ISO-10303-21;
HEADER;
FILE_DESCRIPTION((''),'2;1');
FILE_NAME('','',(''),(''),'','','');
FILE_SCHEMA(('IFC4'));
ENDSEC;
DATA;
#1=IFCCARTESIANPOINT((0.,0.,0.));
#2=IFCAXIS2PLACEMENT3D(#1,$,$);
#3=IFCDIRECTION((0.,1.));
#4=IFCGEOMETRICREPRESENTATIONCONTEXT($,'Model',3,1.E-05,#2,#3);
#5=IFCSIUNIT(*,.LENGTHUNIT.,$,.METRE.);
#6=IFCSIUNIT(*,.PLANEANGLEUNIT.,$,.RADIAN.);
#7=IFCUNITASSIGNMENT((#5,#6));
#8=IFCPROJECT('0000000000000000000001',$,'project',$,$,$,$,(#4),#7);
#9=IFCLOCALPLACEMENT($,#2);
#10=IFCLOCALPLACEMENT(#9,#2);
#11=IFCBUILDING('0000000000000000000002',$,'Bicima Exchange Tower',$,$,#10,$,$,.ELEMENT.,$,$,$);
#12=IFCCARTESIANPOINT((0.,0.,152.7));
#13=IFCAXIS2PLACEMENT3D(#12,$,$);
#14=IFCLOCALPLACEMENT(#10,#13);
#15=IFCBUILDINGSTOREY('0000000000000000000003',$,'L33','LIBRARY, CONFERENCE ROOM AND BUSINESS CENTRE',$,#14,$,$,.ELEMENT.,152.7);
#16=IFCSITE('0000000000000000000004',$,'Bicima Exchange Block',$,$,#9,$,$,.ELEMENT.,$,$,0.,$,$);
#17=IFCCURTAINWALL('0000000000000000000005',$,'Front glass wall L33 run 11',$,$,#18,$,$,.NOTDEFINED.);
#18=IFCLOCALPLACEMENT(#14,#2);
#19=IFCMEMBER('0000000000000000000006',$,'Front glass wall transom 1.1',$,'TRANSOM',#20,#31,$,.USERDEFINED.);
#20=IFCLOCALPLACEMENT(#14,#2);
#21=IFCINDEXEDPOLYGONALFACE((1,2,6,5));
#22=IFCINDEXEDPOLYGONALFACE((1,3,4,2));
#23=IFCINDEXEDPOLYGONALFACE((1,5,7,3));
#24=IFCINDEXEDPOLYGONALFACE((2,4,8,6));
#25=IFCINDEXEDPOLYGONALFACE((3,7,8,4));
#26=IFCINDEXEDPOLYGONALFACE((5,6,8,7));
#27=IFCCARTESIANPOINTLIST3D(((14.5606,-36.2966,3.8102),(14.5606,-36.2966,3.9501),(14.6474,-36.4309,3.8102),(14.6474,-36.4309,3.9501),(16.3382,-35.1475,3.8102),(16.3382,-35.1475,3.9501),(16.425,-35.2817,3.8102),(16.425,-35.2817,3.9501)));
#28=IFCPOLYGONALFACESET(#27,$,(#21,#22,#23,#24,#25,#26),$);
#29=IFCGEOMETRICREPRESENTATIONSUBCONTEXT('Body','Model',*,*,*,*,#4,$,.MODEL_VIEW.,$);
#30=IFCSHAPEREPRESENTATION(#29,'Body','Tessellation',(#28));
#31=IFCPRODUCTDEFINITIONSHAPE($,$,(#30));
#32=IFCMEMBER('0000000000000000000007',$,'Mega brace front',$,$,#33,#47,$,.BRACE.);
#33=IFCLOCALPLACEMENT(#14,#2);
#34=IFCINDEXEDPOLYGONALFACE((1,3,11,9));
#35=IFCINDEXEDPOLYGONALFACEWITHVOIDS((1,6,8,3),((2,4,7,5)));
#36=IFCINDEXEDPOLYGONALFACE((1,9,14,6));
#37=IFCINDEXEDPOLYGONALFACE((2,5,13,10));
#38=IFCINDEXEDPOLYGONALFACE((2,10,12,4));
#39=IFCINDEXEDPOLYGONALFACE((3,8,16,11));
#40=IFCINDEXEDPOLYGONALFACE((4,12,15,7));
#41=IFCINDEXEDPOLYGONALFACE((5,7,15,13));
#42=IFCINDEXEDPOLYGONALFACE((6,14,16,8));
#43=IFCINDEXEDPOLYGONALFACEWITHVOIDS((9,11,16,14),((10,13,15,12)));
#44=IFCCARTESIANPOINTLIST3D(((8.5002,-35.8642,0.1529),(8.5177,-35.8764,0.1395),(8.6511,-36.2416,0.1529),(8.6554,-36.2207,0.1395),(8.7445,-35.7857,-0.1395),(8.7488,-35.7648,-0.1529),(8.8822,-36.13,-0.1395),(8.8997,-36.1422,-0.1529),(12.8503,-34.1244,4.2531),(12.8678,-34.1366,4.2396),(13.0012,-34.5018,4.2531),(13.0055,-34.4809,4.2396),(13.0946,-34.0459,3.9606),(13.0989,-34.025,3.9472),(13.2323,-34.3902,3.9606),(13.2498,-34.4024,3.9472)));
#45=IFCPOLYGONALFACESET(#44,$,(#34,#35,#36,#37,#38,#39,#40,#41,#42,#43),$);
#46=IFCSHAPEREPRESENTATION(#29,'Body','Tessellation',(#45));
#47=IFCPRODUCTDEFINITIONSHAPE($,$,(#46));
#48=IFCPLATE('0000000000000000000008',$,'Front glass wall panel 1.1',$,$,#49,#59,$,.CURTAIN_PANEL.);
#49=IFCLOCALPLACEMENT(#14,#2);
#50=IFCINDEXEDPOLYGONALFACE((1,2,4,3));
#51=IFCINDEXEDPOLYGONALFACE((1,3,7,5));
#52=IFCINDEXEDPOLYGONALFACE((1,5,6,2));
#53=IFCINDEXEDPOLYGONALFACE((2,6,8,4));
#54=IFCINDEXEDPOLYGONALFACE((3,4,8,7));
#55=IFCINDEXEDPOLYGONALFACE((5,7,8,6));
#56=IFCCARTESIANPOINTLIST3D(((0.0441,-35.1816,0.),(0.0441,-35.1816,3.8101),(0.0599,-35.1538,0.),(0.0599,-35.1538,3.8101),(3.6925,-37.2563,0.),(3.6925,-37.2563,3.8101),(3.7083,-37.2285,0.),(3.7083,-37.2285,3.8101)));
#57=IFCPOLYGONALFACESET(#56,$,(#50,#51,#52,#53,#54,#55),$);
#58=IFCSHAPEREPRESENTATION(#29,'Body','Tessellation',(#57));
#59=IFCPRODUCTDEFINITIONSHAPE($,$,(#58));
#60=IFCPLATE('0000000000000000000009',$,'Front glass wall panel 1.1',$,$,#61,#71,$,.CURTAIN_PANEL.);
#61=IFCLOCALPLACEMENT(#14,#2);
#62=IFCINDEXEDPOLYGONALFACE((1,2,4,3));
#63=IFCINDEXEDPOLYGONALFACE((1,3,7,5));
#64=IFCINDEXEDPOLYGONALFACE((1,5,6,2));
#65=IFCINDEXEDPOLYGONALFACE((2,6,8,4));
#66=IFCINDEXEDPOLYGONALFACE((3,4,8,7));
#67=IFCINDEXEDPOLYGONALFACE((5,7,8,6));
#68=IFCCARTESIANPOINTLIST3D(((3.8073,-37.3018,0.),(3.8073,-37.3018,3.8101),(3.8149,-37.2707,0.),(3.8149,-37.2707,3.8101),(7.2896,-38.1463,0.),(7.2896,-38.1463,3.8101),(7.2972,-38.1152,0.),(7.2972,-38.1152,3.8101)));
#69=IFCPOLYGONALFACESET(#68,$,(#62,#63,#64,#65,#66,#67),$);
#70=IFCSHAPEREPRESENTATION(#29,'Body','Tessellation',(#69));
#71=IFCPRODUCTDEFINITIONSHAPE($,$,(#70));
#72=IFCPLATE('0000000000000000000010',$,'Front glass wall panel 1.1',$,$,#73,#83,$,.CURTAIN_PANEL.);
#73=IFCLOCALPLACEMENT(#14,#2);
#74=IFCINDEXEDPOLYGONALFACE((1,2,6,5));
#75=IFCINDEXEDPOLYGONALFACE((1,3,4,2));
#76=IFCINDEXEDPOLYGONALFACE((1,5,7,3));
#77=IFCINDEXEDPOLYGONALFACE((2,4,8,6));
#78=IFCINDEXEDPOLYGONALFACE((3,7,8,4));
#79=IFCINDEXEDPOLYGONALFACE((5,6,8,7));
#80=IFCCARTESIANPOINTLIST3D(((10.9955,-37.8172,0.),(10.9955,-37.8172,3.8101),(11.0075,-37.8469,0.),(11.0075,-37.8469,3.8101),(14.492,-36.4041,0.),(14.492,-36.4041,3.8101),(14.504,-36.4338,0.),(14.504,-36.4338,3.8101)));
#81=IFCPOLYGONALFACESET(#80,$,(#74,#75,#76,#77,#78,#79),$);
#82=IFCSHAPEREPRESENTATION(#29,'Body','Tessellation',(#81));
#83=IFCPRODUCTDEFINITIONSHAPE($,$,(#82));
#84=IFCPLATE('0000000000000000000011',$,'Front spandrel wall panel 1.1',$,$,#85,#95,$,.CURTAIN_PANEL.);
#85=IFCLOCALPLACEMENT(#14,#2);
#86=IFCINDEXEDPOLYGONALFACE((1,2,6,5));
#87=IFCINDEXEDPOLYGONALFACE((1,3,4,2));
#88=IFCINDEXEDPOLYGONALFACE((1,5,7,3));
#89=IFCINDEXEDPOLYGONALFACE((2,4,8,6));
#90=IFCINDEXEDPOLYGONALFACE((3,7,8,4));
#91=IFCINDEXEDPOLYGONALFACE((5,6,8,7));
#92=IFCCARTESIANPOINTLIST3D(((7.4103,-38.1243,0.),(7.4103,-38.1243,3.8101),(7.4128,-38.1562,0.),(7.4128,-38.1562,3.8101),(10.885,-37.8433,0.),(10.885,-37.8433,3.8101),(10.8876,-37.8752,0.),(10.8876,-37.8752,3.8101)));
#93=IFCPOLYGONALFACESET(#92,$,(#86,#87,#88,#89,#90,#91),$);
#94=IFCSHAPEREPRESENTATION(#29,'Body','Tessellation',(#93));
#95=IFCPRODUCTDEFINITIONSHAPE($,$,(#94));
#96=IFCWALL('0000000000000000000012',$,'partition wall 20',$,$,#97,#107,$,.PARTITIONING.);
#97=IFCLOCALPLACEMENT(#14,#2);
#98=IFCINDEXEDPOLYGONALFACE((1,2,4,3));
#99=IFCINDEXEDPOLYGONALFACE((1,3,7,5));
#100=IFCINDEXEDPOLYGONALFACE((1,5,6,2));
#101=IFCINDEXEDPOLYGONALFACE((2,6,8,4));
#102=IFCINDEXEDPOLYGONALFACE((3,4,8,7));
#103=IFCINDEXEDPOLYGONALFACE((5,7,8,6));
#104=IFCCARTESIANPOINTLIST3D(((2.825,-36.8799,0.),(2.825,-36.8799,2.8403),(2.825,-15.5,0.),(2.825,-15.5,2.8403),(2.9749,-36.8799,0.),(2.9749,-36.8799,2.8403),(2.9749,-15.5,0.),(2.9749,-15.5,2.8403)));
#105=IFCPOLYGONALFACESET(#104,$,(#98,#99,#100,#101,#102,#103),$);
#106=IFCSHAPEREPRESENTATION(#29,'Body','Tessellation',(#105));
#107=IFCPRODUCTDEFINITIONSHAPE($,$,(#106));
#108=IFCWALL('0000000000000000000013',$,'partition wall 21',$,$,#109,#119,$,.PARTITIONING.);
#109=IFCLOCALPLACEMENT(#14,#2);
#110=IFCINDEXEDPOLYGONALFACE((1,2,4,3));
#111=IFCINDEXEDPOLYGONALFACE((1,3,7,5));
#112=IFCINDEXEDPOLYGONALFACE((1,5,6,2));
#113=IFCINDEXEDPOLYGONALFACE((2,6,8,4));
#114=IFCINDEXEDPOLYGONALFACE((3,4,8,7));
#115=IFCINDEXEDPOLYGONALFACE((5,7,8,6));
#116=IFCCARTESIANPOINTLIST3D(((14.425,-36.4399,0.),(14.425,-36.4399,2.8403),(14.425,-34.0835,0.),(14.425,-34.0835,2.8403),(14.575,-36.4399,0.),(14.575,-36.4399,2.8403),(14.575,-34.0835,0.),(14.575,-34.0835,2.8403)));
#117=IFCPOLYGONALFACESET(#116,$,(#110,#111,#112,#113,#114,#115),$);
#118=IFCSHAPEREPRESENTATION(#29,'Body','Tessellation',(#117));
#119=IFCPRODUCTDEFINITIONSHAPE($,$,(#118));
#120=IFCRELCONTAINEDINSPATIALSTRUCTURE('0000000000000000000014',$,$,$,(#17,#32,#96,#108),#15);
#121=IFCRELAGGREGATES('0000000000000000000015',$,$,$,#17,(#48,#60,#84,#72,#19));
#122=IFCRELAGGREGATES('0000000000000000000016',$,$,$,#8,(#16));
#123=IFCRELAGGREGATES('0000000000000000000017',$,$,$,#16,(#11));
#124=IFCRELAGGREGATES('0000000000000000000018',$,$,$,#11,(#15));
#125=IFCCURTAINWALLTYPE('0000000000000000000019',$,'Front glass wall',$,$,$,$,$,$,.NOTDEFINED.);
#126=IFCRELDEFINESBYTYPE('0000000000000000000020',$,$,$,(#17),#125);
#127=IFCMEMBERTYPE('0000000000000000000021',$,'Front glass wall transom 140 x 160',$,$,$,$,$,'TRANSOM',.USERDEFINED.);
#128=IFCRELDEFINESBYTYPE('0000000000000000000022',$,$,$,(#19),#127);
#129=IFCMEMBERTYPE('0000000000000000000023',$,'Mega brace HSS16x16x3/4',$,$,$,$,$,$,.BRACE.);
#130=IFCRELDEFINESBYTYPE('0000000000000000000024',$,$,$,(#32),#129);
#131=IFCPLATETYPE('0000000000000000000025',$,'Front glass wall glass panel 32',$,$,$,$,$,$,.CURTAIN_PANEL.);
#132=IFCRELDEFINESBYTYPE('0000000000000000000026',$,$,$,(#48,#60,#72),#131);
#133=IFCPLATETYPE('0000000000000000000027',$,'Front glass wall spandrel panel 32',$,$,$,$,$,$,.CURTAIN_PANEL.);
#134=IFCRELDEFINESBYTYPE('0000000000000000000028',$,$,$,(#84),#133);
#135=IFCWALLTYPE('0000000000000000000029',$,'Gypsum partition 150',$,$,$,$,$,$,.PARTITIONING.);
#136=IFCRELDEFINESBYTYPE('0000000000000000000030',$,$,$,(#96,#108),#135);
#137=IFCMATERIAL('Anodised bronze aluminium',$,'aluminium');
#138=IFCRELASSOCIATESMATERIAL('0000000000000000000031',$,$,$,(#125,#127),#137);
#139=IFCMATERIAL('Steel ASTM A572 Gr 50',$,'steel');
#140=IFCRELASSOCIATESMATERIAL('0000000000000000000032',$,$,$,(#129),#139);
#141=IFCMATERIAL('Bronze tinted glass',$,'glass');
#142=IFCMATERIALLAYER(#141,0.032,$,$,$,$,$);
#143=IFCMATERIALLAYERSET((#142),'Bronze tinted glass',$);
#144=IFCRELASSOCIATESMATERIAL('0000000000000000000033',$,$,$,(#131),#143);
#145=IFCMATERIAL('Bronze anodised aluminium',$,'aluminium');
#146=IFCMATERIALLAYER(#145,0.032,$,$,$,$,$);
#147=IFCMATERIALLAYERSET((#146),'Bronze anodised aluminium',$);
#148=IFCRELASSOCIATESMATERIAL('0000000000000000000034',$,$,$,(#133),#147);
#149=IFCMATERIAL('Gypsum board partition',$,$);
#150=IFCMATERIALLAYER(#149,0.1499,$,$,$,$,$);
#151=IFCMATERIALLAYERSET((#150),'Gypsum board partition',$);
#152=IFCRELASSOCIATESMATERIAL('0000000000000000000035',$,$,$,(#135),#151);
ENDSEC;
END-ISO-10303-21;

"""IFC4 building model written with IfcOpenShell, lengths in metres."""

from ifc_helpers import new_model, si_unit, direction, frame, frame_2d, origin, origin_2d, place, context, subcontext, project, spatial, rectangle, hollow_rectangle, extrude, material, layer, layer_set, material_profile, profile_set, type_object, element, aggregate, save


model = new_model("IFC4")

# Units and contexts
model_context = context("Model", 3, precision=1e-05, world=origin(), true_north=direction((0.0, 1.0)))
body_context = subcontext(model_context, "Body", "Model", "MODEL_VIEW")
ifc_project = project(units=[si_unit("LENGTHUNIT", "METRE"), si_unit("PLANEANGLEUNIT", "RADIAN")], contexts=[model_context])

# Site, building, storey
site_placement = place(None, origin())
site = spatial("IfcSite", under=ifc_project, at=site_placement, Name="Bicima Exchange Block", CompositionType="ELEMENT", RefElevation=0.0)
building_placement = place(site_placement, origin())
building = spatial("IfcBuilding", under=site, at=building_placement, Name="Bicima Exchange Tower", CompositionType="ELEMENT")
storey_placement = place(building_placement, frame((0.0, 0.0, 152.7)))
storey = spatial("IfcBuildingStorey", under=building, at=storey_placement, Name="L33", Description="LIBRARY, CONFERENCE ROOM AND BUSINESS CENTRE", CompositionType="ELEMENT", Elevation=152.7)

# Shared definitions
ifc_material_1 = material(Name="Steel ASTM A572 Gr 50", Category="steel")

# Curtain wall, member
ifc_material_2 = material(Name="Anodised bronze aluminium", Category="aluminium")
curtain_wall_type = type_object("IfcCurtainWallType", Name="Front glass wall", PredefinedType="NOTDEFINED", material=ifc_material_2)
curtain_wall_placement = place(storey_placement, origin())
curtain_wall = element("IfcCurtainWall", 1, at=curtain_wall_placement, inside=storey, type_object=curtain_wall_type, Name="Front glass wall L33 run 11", PredefinedType="NOTDEFINED")
ifc_material_profile_1 = material_profile(ifc_material_2, rectangle(XDim=0.1599, YDim=0.1399, at=origin_2d()))
ifc_profile_set_1 = profile_set([ifc_material_profile_1], Name="Anodised bronze aluminium")
member_type_1 = type_object("IfcMemberType", Name="Front glass wall transom 140 x 160", ElementType="TRANSOM", PredefinedType="USERDEFINED", material=ifc_profile_set_1)
member_1_placement = place(storey_placement, frame((14.604, -36.3638, 3.8801), z_axis=(0.839793, 0.542907, 0.0), x_axis=(-0.542907, 0.839793, 0.0)))
member_1 = element("IfcMember", 2, at=member_1_placement, type_object=member_type_1, Name="Front glass wall transom 1.1", ObjectType="TRANSOM", PredefinedType="USERDEFINED", context=body_context, shape_type="SweptSolid", body=[
    extrude(rectangle(XDim=0.1599, YDim=0.1399, at=origin_2d()), origin(), (0.0, 0.0, 1.0), 2.1167),
])

# Member
ifc_material_profile_2 = material_profile(ifc_material_1, hollow_rectangle(XDim=0.4065, YDim=0.4065, WallThickness=0.0178, at=origin_2d()))
ifc_profile_set_2 = profile_set([ifc_material_profile_2], Name="Steel ASTM A572 Gr 50")
member_type_2 = type_object("IfcMemberType", Name="Mega brace HSS16x16x3/4", PredefinedType="BRACE", material=ifc_profile_set_2)
member_2_placement = place(storey_placement, frame((8.7, -36.0032, 0.0), z_axis=(0.698719, 0.27944, 0.658563), x_axis=(-0.371337, 0.928498, 0.0)))
element("IfcMember", 3, at=member_2_placement, inside=storey, type_object=member_type_2, Name="Mega brace front", PredefinedType="BRACE", context=body_context, shape_type="SweptSolid", body=[
    extrude(hollow_rectangle(XDim=0.4065, YDim=0.4065, WallThickness=0.0178, at=origin_2d()), origin(), (0.0, 0.0, 1.0), 6.2258),
])

# Plates
ifc_material_3 = material(Name="Bronze tinted glass", Category="glass")
ifc_layer_1 = layer(ifc_material_3, 0.032)
ifc_layer_set_1 = layer_set([ifc_layer_1], Name="Bronze tinted glass")
plate_type_1 = type_object("IfcPlateType", Name="Front glass wall glass panel 32", PredefinedType="CURTAIN_PANEL", material=ifc_layer_set_1)
plate_1_placement = place(storey_placement, frame((1.8762, -36.2051, 0.0), z_axis=(0.0, 0.0, 1.0), x_axis=(0.869274, -0.49433, 0.0)))
plate_1 = element("IfcPlate", 4, at=plate_1_placement, type_object=plate_type_1, Name="Front glass wall panel 1.1", PredefinedType="CURTAIN_PANEL", context=body_context, shape_type="SweptSolid", body=[
    extrude(rectangle(XDim=4.197, YDim=0.032, at=origin_2d()), origin(), (0.0, 0.0, 1.0), 3.8101),
])
plate_2_placement = place(storey_placement, frame((5.5522, -37.7085, 0.0), z_axis=(0.0, 0.0, 1.0), x_axis=(0.97183, -0.235682, 0.0)))
plate_2 = element("IfcPlate", 5, at=plate_2_placement, type_object=plate_type_1, Name="Front glass wall panel 1.1", PredefinedType="CURTAIN_PANEL", context=body_context, shape_type="SweptSolid", body=[
    extrude(rectangle(XDim=3.5833, YDim=0.032, at=origin_2d()), origin(), (0.0, 0.0, 1.0), 3.8101),
])
plate_3_placement = place(storey_placement, frame((12.7498, -37.1255, 0.0), z_axis=(0.0, 0.0, 1.0), x_axis=(0.927144, 0.374705, 0.0)))
plate_3 = element("IfcPlate", 6, at=plate_3_placement, type_object=plate_type_1, Name="Front glass wall panel 1.1", PredefinedType="CURTAIN_PANEL", context=body_context, shape_type="SweptSolid", body=[
    extrude(rectangle(XDim=3.7712, YDim=0.032, at=origin_2d()), origin(), (0.0, 0.0, 1.0), 3.8101),
])
ifc_material_4 = material(Name="Bronze anodised aluminium", Category="aluminium")
ifc_layer_2 = layer(ifc_material_4, 0.032)
ifc_layer_set_2 = layer_set([ifc_layer_2], Name="Bronze anodised aluminium")
plate_type_2 = type_object("IfcPlateType", Name="Front glass wall spandrel panel 32", PredefinedType="CURTAIN_PANEL", material=ifc_layer_set_2)
plate_4_placement = place(storey_placement, frame((9.1489, -37.9998, 0.0), z_axis=(0.0, 0.0, 1.0), x_axis=(0.996747, 0.080589, 0.0)))
plate_4 = element("IfcPlate", 7, at=plate_4_placement, type_object=plate_type_2, Name="Front spandrel wall panel 1.1", PredefinedType="CURTAIN_PANEL", context=body_context, shape_type="SweptSolid", body=[
    extrude(rectangle(XDim=3.4861, YDim=0.032, at=origin_2d()), origin(), (0.0, 0.0, 1.0), 3.8101),
])
aggregate(curtain_wall, [plate_1, plate_2, plate_4, plate_3, member_1])

# Walls
ifc_material_5 = material(Name="Gypsum board partition")
ifc_layer_3 = layer(ifc_material_5, 0.1499)
ifc_layer_set_3 = layer_set([ifc_layer_3], Name="Gypsum board partition")
wall_type = type_object("IfcWallType", Name="Gypsum partition 150", PredefinedType="PARTITIONING", material=ifc_layer_set_3)
wall_1_placement = place(storey_placement, frame((2.8999, -36.8799, 0.0), z_axis=(0.0, 0.0, 1.0), x_axis=(0.0, 1.0, 0.0)))
element("IfcWall", 8, at=wall_1_placement, inside=storey, type_object=wall_type, Name="partition wall 20", PredefinedType="PARTITIONING", context=body_context, shape_type="SweptSolid", body=[
    extrude(rectangle(XDim=21.3799, YDim=0.1499, at=frame_2d((10.6899, 0.0))), origin(), (0.0, 0.0, 1.0), 2.8403),
])
wall_2_placement = place(storey_placement, frame((14.5, -36.4399, 0.0), z_axis=(0.0, 0.0, 1.0), x_axis=(0.0, 1.0, 0.0)))
element("IfcWall", 9, at=wall_2_placement, inside=storey, type_object=wall_type, Name="partition wall 21", PredefinedType="PARTITIONING", context=body_context, shape_type="SweptSolid", body=[
    extrude(rectangle(XDim=2.3564, YDim=0.1499, at=frame_2d((1.1782, 0.0))), origin(), (0.0, 0.0, 1.0), 2.8403),
])

save(model, "model.ifc")
